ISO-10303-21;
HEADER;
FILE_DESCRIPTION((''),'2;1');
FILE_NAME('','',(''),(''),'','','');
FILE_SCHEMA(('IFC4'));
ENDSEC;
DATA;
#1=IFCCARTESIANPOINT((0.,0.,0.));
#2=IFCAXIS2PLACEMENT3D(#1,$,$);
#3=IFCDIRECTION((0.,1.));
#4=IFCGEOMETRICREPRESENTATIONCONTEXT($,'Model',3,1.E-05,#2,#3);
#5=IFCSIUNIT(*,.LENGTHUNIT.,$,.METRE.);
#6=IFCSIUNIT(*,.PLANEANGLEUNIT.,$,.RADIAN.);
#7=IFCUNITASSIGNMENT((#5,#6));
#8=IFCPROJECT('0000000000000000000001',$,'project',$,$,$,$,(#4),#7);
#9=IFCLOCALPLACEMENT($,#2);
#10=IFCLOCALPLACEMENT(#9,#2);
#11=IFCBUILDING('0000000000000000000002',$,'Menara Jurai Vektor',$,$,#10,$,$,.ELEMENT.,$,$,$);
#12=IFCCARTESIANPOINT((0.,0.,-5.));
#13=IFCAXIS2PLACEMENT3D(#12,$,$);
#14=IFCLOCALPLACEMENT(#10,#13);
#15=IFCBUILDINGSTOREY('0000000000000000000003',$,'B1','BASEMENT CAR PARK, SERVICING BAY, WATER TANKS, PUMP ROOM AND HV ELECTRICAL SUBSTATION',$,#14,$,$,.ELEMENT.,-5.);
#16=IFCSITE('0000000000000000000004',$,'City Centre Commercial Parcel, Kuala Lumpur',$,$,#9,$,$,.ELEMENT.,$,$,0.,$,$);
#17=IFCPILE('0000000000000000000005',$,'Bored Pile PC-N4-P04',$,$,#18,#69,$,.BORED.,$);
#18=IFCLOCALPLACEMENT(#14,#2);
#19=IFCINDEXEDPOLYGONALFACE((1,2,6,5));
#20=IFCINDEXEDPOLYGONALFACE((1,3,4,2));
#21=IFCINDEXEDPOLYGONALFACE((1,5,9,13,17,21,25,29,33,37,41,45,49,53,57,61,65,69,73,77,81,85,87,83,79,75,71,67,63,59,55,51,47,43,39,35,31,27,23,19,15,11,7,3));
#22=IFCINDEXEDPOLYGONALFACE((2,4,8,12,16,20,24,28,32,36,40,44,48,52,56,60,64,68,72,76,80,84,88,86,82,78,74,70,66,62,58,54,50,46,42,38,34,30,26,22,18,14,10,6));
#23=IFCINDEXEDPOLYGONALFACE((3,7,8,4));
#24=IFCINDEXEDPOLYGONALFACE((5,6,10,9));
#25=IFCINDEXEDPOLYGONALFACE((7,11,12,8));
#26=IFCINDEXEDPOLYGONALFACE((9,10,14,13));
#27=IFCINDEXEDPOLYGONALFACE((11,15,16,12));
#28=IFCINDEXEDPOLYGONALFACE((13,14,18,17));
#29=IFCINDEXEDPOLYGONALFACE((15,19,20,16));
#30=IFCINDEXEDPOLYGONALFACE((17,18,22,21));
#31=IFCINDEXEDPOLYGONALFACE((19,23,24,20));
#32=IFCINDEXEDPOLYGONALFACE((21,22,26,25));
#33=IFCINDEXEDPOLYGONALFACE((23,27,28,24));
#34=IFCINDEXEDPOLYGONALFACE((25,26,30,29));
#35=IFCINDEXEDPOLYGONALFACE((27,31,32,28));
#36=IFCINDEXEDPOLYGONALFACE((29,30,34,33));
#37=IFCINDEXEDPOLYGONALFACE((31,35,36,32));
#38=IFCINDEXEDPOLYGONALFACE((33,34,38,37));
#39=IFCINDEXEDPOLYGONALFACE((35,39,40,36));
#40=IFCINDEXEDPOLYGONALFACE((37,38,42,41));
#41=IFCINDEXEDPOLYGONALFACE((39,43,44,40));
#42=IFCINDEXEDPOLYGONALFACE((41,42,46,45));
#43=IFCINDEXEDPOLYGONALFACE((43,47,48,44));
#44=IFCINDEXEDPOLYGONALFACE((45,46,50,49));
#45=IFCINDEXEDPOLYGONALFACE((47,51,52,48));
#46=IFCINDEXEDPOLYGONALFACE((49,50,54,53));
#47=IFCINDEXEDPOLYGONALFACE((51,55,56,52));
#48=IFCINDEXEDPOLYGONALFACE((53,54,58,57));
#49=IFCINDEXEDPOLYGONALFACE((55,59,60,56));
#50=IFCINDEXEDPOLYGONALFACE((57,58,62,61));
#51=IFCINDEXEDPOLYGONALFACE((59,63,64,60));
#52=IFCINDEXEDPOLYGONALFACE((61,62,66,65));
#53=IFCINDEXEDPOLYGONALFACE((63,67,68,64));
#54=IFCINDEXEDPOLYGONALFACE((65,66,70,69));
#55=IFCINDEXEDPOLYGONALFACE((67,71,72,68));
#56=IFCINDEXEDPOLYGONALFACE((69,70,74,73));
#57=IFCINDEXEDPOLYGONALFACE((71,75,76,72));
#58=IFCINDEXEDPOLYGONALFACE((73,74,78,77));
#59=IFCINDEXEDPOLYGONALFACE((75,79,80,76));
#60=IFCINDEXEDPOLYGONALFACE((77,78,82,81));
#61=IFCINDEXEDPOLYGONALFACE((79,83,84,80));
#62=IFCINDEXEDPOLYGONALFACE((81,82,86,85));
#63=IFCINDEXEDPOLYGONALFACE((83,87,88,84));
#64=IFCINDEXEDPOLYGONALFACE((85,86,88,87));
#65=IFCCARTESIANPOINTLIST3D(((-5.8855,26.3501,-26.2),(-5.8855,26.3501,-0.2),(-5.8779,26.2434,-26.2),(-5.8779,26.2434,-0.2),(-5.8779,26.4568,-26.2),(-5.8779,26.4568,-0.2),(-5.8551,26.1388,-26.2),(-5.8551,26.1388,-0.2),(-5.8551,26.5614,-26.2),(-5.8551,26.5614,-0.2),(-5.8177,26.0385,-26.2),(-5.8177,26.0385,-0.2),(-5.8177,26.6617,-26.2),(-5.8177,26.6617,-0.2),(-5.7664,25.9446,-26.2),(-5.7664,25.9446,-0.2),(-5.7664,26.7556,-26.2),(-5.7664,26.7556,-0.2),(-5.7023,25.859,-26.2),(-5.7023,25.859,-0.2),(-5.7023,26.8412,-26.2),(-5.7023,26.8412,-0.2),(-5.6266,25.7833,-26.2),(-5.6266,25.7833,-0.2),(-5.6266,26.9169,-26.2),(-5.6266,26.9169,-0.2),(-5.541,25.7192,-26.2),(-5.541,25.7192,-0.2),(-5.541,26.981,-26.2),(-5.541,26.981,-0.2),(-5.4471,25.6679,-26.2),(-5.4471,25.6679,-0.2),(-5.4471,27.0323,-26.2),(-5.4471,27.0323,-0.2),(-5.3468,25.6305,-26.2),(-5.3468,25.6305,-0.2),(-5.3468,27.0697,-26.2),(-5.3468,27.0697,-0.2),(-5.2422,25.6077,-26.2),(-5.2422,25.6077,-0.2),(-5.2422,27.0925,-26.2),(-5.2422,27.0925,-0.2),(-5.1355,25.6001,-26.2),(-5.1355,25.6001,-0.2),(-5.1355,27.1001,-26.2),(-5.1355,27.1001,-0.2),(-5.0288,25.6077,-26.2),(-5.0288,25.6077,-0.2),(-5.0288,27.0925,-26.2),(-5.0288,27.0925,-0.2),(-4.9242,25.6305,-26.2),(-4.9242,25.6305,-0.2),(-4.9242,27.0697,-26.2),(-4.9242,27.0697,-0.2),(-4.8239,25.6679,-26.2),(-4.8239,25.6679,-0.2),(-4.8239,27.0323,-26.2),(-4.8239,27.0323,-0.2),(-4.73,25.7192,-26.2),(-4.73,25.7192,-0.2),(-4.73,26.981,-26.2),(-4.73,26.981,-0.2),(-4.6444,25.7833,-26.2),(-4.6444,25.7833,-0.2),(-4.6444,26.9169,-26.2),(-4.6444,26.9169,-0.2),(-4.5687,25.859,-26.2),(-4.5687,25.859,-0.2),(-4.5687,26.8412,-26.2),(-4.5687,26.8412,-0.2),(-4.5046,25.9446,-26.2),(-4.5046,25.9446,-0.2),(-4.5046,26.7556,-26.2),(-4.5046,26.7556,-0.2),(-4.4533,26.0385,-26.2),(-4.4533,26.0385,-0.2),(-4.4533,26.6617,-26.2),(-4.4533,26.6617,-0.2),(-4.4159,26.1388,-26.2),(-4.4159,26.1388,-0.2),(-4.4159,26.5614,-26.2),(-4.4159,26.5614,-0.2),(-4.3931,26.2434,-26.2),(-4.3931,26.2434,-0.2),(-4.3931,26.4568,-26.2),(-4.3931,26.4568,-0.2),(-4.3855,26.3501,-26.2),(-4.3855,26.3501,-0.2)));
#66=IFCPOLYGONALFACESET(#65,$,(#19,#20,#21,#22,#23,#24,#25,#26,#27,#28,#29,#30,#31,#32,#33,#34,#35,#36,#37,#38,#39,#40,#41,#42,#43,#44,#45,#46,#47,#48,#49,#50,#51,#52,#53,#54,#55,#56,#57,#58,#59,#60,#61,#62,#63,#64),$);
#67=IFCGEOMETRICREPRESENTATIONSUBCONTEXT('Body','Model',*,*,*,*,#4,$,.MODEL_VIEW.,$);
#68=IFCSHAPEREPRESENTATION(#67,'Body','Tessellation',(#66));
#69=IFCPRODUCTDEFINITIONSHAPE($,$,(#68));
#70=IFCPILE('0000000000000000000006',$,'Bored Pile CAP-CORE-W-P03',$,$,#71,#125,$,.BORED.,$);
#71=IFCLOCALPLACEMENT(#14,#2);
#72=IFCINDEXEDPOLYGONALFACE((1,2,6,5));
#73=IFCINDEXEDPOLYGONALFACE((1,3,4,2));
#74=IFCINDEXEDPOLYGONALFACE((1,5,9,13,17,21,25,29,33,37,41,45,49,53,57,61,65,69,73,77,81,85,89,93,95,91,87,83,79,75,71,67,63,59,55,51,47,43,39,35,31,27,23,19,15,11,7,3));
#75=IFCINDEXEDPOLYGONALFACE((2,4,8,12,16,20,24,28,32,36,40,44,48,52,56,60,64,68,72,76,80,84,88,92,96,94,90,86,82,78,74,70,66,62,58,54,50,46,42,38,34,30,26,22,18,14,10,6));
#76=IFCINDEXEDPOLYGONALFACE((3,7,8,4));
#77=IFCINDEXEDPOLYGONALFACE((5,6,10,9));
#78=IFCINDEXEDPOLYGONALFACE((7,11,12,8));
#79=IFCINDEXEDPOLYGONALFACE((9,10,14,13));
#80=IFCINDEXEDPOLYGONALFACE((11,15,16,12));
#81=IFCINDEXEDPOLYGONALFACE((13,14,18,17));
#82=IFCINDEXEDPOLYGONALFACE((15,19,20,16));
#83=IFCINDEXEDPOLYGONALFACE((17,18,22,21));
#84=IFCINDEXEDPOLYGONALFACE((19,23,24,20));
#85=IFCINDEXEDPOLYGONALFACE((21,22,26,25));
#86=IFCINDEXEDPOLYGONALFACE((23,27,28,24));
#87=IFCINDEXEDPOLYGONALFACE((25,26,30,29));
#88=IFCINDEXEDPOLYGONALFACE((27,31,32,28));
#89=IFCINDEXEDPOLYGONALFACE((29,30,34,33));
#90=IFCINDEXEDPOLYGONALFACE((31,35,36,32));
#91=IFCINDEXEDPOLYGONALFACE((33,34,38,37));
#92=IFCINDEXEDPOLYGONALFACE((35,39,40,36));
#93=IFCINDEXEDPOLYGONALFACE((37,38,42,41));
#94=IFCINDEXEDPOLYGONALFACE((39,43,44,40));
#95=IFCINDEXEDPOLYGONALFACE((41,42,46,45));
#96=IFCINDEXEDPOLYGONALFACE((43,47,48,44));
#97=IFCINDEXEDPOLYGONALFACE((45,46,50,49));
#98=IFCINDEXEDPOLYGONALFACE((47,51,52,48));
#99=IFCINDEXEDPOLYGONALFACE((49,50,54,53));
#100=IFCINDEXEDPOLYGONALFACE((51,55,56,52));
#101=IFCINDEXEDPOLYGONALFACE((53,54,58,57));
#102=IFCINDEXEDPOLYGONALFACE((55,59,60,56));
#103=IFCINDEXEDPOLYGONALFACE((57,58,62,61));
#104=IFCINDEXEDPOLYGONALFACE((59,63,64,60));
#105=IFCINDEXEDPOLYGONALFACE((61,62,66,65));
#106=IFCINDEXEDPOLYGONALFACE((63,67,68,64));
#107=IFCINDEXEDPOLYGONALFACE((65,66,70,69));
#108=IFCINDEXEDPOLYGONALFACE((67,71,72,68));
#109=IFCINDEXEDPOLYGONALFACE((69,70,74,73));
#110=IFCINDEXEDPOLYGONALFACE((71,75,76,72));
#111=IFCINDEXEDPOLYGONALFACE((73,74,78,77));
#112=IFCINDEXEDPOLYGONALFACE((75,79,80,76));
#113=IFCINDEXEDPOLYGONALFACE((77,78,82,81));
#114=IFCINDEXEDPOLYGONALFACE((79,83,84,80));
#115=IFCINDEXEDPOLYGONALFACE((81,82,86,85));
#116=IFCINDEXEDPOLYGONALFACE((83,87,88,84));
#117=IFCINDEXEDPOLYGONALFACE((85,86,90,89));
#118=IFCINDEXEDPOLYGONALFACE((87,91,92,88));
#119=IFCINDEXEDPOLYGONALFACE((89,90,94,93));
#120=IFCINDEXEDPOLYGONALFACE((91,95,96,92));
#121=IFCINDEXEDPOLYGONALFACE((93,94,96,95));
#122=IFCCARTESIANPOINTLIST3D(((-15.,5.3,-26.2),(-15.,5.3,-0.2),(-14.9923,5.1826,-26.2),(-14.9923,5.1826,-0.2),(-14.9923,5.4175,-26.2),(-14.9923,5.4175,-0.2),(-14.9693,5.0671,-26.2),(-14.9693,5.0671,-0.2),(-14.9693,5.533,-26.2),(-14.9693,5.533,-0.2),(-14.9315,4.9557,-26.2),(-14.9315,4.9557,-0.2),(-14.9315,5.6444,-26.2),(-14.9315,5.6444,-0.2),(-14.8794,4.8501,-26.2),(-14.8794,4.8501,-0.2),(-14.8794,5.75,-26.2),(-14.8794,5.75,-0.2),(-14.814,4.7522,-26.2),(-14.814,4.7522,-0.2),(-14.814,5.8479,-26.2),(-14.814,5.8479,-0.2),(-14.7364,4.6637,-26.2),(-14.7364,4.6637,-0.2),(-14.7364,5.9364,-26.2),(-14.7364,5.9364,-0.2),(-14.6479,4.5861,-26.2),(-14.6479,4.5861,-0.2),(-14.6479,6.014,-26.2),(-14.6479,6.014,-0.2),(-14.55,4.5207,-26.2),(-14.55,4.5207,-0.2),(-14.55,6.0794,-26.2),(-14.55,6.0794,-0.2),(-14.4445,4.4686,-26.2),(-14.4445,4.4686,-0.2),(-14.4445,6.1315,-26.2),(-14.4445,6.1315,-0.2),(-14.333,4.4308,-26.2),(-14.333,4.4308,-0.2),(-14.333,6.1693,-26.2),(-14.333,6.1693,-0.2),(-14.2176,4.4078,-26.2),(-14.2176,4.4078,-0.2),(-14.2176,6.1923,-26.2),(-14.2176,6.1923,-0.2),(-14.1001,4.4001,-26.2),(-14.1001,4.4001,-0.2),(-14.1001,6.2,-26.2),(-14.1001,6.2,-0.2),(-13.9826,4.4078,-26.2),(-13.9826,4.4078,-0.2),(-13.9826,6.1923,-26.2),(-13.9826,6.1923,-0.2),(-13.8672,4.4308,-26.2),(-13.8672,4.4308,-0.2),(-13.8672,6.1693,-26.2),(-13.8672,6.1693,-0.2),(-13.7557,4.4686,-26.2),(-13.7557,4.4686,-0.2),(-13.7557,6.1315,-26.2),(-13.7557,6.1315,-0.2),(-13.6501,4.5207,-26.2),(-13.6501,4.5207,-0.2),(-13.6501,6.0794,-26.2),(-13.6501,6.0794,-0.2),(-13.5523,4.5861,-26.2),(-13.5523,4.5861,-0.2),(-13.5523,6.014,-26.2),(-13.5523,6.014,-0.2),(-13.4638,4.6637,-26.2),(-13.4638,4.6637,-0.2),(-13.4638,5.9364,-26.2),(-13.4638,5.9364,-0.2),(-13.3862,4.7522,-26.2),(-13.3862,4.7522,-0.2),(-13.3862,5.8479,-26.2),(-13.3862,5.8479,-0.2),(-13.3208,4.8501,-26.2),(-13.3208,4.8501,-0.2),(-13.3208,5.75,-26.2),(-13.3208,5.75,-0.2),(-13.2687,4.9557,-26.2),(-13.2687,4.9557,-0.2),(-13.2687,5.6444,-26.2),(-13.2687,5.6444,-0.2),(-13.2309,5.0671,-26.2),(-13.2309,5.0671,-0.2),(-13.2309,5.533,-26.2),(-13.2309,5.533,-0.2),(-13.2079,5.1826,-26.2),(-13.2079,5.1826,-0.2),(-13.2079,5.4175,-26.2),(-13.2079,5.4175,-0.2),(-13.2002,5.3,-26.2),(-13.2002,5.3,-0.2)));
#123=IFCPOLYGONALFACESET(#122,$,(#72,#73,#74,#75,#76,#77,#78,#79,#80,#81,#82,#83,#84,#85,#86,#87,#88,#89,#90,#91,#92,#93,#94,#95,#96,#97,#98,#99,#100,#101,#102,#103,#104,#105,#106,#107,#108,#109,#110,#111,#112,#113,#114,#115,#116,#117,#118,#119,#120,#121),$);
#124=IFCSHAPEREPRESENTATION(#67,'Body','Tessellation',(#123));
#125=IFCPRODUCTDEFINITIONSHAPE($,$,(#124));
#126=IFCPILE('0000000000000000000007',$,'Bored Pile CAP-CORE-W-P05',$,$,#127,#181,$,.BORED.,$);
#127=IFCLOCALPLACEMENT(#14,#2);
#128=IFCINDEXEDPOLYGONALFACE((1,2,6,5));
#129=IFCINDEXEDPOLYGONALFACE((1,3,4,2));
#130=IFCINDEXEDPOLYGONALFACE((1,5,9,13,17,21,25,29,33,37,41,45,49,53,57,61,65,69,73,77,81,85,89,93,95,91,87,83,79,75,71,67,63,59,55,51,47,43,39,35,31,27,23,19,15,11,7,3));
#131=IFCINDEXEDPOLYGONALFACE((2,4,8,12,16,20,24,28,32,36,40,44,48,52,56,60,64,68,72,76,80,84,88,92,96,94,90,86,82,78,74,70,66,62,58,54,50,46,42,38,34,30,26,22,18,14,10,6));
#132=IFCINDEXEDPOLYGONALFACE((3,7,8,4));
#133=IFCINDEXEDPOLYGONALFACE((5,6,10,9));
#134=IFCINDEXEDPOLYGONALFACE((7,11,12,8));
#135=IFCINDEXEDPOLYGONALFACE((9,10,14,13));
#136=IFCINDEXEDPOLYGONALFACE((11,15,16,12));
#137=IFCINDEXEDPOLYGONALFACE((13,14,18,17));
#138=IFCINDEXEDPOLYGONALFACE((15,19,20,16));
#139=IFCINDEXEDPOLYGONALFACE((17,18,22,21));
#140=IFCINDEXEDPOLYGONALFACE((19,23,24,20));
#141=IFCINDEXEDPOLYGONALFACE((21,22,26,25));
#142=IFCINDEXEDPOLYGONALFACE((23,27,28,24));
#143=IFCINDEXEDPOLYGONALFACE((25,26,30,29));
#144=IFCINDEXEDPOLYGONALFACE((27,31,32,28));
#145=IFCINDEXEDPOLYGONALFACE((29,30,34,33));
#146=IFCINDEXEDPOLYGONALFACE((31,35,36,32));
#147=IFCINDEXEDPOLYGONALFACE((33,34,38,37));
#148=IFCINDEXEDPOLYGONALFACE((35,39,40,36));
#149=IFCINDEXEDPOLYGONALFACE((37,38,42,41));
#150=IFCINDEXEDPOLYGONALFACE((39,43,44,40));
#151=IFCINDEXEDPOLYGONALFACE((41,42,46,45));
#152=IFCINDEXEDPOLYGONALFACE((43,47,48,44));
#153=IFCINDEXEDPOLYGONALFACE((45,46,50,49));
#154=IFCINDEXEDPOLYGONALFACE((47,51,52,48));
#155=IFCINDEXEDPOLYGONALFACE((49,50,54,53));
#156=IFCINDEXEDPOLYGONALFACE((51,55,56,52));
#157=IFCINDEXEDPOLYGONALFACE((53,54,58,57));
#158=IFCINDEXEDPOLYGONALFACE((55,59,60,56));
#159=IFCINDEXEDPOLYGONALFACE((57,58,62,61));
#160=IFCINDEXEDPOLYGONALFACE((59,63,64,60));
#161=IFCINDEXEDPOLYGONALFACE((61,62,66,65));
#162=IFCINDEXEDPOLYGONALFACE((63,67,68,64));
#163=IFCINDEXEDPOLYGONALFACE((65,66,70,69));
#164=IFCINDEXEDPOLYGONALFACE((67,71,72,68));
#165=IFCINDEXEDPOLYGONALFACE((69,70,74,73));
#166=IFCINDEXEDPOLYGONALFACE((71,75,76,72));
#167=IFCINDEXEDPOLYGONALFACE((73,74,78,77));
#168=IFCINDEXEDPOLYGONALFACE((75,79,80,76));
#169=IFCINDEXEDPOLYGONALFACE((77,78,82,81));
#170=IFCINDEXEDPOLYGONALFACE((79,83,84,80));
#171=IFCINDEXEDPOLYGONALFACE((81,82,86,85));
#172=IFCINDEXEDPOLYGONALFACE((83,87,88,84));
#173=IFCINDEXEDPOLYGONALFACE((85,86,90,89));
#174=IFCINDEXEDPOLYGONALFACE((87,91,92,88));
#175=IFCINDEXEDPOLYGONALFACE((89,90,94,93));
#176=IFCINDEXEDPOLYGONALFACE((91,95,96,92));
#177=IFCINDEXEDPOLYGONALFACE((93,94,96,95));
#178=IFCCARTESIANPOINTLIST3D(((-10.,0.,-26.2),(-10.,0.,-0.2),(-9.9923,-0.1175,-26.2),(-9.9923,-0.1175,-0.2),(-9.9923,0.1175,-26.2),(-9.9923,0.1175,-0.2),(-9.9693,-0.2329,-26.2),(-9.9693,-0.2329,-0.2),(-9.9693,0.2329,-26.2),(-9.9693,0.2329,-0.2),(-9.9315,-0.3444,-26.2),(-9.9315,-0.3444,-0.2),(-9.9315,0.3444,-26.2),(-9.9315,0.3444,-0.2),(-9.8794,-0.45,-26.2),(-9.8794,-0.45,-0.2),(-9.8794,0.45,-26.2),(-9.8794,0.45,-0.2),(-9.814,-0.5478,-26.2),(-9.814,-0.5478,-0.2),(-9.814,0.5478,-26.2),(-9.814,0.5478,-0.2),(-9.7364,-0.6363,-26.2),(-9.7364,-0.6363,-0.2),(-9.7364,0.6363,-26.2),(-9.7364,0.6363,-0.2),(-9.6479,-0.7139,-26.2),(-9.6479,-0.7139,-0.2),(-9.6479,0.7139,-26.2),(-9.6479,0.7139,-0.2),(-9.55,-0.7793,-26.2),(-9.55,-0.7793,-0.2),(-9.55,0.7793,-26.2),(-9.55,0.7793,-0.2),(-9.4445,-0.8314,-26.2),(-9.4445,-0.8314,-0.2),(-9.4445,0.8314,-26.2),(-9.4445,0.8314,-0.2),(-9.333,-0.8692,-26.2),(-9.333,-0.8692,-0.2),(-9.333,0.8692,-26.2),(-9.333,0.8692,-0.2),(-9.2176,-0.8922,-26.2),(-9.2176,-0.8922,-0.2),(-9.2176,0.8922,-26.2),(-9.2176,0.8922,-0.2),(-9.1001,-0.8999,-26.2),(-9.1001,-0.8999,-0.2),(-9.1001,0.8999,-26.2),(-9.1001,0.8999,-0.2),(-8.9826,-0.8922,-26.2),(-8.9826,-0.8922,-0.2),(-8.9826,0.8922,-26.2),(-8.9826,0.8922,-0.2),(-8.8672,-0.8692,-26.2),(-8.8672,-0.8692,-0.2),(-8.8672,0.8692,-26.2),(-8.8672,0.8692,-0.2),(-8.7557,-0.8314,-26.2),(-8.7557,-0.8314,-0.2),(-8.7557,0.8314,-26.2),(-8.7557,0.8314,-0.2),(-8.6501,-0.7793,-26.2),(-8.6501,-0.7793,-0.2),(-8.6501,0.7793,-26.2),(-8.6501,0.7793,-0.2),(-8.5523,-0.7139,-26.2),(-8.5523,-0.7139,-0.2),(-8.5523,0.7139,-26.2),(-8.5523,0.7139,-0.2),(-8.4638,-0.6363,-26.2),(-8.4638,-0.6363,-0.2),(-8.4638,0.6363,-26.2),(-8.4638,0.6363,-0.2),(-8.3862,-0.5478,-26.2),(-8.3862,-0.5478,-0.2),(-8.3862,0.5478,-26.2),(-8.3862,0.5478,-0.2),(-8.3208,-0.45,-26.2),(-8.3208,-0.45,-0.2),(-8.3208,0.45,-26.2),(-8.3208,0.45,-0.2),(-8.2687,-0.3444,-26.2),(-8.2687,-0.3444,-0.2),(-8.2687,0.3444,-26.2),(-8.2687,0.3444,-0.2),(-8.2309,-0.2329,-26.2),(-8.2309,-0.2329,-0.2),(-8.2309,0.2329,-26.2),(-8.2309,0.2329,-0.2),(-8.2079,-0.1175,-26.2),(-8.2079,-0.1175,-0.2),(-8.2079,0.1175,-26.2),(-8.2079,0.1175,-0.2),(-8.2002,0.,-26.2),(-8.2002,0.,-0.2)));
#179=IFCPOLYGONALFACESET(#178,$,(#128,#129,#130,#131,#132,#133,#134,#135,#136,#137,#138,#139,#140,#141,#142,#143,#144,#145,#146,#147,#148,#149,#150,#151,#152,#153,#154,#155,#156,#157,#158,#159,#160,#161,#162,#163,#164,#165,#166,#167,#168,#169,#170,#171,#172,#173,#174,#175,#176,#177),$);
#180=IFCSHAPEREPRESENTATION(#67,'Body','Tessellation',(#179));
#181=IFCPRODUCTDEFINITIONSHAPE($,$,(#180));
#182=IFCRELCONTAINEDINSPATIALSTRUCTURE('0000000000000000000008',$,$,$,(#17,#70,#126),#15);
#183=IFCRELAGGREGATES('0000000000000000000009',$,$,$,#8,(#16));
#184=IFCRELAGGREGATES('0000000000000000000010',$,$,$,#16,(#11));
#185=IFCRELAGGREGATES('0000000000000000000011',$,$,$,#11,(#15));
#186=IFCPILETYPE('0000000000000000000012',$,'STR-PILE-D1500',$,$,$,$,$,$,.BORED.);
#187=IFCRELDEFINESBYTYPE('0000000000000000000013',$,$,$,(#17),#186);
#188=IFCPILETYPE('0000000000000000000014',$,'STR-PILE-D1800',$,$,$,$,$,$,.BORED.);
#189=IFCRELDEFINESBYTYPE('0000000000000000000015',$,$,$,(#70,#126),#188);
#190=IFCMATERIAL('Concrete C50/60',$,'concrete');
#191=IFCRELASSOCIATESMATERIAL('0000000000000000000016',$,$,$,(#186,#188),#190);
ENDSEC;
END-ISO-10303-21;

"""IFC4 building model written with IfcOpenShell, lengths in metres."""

from ifc_helpers import new_model, si_unit, direction, frame, origin, origin_2d, place, context, subcontext, project, spatial, circle, extrude, material, material_profile, profile_set, type_object, element, save


model = new_model("IFC4")

# Units and contexts
model_context = context("Model", 3, precision=1e-05, world=origin(), true_north=direction((0.0, 1.0)))
body_context = subcontext(model_context, "Body", "Model", "MODEL_VIEW")
ifc_project = project(units=[si_unit("LENGTHUNIT", "METRE"), si_unit("PLANEANGLEUNIT", "RADIAN")], contexts=[model_context])

# Site, building, storey
site_placement = place(None, origin())
site = spatial("IfcSite", under=ifc_project, at=site_placement, Name="City Centre Commercial Parcel, Kuala Lumpur", CompositionType="ELEMENT", RefElevation=0.0)
building_placement = place(site_placement, origin())
building = spatial("IfcBuilding", under=site, at=building_placement, Name="Menara Jurai Vektor", CompositionType="ELEMENT")
storey_placement = place(building_placement, frame((0.0, 0.0, -5.0)))
storey = spatial("IfcBuildingStorey", under=building, at=storey_placement, Name="B1", Description="BASEMENT CAR PARK, SERVICING BAY, WATER TANKS, PUMP ROOM AND HV ELECTRICAL SUBSTATION", CompositionType="ELEMENT", Elevation=-5.0)

# Shared definitions
ifc_material_1 = material(Name="Concrete C50/60", Category="concrete")

# Piles
ifc_material_profile_1 = material_profile(ifc_material_1, circle(Radius=0.75, at=origin_2d()), Name="PILE D1500")
ifc_profile_set_1 = profile_set([ifc_material_profile_1], Name="Concrete C50/60")
pile_type_1 = type_object("IfcPileType", Name="STR-PILE-D1500", PredefinedType="BORED", material=ifc_profile_set_1)
for number, where, z_axis, x_axis, name in (
    (1, (-5.1355, 26.3501, -0.2), (0.0, 0.0, -1.0), (1.0, 0.0, 0.0), "Bored Pile PC-N4-P04"),
):
    element("IfcPile", number, at=place(storey_placement, frame(where, z_axis=z_axis, x_axis=x_axis)), inside=storey, type_object=pile_type_1, Name=name, PredefinedType="BORED", context=body_context, shape_type="SweptSolid", body=[
        extrude(circle(Radius=0.75, at=origin_2d()), origin(), (0.0, 0.0, 1.0), 26.0),
    ])
ifc_material_profile_2 = material_profile(ifc_material_1, circle(Radius=0.8999, at=origin_2d()), Name="PILE D1800")
ifc_profile_set_2 = profile_set([ifc_material_profile_2], Name="Concrete C50/60")
pile_type_2 = type_object("IfcPileType", Name="STR-PILE-D1800", PredefinedType="BORED", material=ifc_profile_set_2)
for number, where, z_axis, x_axis, name in (
    (2, (-14.1001, 5.3, -0.2), (0.0, 0.0, -1.0), (1.0, 0.0, 0.0), "Bored Pile CAP-CORE-W-P03"),
    (3, (-9.1001, 0.0, -0.2), (0.0, 0.0, -1.0), (1.0, 0.0, 0.0), "Bored Pile CAP-CORE-W-P05"),
):
    element("IfcPile", number, at=place(storey_placement, frame(where, z_axis=z_axis, x_axis=x_axis)), inside=storey, type_object=pile_type_2, Name=name, PredefinedType="BORED", context=body_context, shape_type="SweptSolid", body=[
        extrude(circle(Radius=0.8999, at=origin_2d()), origin(), (0.0, 0.0, 1.0), 26.0),
    ])

save(model, "model.ifc")
